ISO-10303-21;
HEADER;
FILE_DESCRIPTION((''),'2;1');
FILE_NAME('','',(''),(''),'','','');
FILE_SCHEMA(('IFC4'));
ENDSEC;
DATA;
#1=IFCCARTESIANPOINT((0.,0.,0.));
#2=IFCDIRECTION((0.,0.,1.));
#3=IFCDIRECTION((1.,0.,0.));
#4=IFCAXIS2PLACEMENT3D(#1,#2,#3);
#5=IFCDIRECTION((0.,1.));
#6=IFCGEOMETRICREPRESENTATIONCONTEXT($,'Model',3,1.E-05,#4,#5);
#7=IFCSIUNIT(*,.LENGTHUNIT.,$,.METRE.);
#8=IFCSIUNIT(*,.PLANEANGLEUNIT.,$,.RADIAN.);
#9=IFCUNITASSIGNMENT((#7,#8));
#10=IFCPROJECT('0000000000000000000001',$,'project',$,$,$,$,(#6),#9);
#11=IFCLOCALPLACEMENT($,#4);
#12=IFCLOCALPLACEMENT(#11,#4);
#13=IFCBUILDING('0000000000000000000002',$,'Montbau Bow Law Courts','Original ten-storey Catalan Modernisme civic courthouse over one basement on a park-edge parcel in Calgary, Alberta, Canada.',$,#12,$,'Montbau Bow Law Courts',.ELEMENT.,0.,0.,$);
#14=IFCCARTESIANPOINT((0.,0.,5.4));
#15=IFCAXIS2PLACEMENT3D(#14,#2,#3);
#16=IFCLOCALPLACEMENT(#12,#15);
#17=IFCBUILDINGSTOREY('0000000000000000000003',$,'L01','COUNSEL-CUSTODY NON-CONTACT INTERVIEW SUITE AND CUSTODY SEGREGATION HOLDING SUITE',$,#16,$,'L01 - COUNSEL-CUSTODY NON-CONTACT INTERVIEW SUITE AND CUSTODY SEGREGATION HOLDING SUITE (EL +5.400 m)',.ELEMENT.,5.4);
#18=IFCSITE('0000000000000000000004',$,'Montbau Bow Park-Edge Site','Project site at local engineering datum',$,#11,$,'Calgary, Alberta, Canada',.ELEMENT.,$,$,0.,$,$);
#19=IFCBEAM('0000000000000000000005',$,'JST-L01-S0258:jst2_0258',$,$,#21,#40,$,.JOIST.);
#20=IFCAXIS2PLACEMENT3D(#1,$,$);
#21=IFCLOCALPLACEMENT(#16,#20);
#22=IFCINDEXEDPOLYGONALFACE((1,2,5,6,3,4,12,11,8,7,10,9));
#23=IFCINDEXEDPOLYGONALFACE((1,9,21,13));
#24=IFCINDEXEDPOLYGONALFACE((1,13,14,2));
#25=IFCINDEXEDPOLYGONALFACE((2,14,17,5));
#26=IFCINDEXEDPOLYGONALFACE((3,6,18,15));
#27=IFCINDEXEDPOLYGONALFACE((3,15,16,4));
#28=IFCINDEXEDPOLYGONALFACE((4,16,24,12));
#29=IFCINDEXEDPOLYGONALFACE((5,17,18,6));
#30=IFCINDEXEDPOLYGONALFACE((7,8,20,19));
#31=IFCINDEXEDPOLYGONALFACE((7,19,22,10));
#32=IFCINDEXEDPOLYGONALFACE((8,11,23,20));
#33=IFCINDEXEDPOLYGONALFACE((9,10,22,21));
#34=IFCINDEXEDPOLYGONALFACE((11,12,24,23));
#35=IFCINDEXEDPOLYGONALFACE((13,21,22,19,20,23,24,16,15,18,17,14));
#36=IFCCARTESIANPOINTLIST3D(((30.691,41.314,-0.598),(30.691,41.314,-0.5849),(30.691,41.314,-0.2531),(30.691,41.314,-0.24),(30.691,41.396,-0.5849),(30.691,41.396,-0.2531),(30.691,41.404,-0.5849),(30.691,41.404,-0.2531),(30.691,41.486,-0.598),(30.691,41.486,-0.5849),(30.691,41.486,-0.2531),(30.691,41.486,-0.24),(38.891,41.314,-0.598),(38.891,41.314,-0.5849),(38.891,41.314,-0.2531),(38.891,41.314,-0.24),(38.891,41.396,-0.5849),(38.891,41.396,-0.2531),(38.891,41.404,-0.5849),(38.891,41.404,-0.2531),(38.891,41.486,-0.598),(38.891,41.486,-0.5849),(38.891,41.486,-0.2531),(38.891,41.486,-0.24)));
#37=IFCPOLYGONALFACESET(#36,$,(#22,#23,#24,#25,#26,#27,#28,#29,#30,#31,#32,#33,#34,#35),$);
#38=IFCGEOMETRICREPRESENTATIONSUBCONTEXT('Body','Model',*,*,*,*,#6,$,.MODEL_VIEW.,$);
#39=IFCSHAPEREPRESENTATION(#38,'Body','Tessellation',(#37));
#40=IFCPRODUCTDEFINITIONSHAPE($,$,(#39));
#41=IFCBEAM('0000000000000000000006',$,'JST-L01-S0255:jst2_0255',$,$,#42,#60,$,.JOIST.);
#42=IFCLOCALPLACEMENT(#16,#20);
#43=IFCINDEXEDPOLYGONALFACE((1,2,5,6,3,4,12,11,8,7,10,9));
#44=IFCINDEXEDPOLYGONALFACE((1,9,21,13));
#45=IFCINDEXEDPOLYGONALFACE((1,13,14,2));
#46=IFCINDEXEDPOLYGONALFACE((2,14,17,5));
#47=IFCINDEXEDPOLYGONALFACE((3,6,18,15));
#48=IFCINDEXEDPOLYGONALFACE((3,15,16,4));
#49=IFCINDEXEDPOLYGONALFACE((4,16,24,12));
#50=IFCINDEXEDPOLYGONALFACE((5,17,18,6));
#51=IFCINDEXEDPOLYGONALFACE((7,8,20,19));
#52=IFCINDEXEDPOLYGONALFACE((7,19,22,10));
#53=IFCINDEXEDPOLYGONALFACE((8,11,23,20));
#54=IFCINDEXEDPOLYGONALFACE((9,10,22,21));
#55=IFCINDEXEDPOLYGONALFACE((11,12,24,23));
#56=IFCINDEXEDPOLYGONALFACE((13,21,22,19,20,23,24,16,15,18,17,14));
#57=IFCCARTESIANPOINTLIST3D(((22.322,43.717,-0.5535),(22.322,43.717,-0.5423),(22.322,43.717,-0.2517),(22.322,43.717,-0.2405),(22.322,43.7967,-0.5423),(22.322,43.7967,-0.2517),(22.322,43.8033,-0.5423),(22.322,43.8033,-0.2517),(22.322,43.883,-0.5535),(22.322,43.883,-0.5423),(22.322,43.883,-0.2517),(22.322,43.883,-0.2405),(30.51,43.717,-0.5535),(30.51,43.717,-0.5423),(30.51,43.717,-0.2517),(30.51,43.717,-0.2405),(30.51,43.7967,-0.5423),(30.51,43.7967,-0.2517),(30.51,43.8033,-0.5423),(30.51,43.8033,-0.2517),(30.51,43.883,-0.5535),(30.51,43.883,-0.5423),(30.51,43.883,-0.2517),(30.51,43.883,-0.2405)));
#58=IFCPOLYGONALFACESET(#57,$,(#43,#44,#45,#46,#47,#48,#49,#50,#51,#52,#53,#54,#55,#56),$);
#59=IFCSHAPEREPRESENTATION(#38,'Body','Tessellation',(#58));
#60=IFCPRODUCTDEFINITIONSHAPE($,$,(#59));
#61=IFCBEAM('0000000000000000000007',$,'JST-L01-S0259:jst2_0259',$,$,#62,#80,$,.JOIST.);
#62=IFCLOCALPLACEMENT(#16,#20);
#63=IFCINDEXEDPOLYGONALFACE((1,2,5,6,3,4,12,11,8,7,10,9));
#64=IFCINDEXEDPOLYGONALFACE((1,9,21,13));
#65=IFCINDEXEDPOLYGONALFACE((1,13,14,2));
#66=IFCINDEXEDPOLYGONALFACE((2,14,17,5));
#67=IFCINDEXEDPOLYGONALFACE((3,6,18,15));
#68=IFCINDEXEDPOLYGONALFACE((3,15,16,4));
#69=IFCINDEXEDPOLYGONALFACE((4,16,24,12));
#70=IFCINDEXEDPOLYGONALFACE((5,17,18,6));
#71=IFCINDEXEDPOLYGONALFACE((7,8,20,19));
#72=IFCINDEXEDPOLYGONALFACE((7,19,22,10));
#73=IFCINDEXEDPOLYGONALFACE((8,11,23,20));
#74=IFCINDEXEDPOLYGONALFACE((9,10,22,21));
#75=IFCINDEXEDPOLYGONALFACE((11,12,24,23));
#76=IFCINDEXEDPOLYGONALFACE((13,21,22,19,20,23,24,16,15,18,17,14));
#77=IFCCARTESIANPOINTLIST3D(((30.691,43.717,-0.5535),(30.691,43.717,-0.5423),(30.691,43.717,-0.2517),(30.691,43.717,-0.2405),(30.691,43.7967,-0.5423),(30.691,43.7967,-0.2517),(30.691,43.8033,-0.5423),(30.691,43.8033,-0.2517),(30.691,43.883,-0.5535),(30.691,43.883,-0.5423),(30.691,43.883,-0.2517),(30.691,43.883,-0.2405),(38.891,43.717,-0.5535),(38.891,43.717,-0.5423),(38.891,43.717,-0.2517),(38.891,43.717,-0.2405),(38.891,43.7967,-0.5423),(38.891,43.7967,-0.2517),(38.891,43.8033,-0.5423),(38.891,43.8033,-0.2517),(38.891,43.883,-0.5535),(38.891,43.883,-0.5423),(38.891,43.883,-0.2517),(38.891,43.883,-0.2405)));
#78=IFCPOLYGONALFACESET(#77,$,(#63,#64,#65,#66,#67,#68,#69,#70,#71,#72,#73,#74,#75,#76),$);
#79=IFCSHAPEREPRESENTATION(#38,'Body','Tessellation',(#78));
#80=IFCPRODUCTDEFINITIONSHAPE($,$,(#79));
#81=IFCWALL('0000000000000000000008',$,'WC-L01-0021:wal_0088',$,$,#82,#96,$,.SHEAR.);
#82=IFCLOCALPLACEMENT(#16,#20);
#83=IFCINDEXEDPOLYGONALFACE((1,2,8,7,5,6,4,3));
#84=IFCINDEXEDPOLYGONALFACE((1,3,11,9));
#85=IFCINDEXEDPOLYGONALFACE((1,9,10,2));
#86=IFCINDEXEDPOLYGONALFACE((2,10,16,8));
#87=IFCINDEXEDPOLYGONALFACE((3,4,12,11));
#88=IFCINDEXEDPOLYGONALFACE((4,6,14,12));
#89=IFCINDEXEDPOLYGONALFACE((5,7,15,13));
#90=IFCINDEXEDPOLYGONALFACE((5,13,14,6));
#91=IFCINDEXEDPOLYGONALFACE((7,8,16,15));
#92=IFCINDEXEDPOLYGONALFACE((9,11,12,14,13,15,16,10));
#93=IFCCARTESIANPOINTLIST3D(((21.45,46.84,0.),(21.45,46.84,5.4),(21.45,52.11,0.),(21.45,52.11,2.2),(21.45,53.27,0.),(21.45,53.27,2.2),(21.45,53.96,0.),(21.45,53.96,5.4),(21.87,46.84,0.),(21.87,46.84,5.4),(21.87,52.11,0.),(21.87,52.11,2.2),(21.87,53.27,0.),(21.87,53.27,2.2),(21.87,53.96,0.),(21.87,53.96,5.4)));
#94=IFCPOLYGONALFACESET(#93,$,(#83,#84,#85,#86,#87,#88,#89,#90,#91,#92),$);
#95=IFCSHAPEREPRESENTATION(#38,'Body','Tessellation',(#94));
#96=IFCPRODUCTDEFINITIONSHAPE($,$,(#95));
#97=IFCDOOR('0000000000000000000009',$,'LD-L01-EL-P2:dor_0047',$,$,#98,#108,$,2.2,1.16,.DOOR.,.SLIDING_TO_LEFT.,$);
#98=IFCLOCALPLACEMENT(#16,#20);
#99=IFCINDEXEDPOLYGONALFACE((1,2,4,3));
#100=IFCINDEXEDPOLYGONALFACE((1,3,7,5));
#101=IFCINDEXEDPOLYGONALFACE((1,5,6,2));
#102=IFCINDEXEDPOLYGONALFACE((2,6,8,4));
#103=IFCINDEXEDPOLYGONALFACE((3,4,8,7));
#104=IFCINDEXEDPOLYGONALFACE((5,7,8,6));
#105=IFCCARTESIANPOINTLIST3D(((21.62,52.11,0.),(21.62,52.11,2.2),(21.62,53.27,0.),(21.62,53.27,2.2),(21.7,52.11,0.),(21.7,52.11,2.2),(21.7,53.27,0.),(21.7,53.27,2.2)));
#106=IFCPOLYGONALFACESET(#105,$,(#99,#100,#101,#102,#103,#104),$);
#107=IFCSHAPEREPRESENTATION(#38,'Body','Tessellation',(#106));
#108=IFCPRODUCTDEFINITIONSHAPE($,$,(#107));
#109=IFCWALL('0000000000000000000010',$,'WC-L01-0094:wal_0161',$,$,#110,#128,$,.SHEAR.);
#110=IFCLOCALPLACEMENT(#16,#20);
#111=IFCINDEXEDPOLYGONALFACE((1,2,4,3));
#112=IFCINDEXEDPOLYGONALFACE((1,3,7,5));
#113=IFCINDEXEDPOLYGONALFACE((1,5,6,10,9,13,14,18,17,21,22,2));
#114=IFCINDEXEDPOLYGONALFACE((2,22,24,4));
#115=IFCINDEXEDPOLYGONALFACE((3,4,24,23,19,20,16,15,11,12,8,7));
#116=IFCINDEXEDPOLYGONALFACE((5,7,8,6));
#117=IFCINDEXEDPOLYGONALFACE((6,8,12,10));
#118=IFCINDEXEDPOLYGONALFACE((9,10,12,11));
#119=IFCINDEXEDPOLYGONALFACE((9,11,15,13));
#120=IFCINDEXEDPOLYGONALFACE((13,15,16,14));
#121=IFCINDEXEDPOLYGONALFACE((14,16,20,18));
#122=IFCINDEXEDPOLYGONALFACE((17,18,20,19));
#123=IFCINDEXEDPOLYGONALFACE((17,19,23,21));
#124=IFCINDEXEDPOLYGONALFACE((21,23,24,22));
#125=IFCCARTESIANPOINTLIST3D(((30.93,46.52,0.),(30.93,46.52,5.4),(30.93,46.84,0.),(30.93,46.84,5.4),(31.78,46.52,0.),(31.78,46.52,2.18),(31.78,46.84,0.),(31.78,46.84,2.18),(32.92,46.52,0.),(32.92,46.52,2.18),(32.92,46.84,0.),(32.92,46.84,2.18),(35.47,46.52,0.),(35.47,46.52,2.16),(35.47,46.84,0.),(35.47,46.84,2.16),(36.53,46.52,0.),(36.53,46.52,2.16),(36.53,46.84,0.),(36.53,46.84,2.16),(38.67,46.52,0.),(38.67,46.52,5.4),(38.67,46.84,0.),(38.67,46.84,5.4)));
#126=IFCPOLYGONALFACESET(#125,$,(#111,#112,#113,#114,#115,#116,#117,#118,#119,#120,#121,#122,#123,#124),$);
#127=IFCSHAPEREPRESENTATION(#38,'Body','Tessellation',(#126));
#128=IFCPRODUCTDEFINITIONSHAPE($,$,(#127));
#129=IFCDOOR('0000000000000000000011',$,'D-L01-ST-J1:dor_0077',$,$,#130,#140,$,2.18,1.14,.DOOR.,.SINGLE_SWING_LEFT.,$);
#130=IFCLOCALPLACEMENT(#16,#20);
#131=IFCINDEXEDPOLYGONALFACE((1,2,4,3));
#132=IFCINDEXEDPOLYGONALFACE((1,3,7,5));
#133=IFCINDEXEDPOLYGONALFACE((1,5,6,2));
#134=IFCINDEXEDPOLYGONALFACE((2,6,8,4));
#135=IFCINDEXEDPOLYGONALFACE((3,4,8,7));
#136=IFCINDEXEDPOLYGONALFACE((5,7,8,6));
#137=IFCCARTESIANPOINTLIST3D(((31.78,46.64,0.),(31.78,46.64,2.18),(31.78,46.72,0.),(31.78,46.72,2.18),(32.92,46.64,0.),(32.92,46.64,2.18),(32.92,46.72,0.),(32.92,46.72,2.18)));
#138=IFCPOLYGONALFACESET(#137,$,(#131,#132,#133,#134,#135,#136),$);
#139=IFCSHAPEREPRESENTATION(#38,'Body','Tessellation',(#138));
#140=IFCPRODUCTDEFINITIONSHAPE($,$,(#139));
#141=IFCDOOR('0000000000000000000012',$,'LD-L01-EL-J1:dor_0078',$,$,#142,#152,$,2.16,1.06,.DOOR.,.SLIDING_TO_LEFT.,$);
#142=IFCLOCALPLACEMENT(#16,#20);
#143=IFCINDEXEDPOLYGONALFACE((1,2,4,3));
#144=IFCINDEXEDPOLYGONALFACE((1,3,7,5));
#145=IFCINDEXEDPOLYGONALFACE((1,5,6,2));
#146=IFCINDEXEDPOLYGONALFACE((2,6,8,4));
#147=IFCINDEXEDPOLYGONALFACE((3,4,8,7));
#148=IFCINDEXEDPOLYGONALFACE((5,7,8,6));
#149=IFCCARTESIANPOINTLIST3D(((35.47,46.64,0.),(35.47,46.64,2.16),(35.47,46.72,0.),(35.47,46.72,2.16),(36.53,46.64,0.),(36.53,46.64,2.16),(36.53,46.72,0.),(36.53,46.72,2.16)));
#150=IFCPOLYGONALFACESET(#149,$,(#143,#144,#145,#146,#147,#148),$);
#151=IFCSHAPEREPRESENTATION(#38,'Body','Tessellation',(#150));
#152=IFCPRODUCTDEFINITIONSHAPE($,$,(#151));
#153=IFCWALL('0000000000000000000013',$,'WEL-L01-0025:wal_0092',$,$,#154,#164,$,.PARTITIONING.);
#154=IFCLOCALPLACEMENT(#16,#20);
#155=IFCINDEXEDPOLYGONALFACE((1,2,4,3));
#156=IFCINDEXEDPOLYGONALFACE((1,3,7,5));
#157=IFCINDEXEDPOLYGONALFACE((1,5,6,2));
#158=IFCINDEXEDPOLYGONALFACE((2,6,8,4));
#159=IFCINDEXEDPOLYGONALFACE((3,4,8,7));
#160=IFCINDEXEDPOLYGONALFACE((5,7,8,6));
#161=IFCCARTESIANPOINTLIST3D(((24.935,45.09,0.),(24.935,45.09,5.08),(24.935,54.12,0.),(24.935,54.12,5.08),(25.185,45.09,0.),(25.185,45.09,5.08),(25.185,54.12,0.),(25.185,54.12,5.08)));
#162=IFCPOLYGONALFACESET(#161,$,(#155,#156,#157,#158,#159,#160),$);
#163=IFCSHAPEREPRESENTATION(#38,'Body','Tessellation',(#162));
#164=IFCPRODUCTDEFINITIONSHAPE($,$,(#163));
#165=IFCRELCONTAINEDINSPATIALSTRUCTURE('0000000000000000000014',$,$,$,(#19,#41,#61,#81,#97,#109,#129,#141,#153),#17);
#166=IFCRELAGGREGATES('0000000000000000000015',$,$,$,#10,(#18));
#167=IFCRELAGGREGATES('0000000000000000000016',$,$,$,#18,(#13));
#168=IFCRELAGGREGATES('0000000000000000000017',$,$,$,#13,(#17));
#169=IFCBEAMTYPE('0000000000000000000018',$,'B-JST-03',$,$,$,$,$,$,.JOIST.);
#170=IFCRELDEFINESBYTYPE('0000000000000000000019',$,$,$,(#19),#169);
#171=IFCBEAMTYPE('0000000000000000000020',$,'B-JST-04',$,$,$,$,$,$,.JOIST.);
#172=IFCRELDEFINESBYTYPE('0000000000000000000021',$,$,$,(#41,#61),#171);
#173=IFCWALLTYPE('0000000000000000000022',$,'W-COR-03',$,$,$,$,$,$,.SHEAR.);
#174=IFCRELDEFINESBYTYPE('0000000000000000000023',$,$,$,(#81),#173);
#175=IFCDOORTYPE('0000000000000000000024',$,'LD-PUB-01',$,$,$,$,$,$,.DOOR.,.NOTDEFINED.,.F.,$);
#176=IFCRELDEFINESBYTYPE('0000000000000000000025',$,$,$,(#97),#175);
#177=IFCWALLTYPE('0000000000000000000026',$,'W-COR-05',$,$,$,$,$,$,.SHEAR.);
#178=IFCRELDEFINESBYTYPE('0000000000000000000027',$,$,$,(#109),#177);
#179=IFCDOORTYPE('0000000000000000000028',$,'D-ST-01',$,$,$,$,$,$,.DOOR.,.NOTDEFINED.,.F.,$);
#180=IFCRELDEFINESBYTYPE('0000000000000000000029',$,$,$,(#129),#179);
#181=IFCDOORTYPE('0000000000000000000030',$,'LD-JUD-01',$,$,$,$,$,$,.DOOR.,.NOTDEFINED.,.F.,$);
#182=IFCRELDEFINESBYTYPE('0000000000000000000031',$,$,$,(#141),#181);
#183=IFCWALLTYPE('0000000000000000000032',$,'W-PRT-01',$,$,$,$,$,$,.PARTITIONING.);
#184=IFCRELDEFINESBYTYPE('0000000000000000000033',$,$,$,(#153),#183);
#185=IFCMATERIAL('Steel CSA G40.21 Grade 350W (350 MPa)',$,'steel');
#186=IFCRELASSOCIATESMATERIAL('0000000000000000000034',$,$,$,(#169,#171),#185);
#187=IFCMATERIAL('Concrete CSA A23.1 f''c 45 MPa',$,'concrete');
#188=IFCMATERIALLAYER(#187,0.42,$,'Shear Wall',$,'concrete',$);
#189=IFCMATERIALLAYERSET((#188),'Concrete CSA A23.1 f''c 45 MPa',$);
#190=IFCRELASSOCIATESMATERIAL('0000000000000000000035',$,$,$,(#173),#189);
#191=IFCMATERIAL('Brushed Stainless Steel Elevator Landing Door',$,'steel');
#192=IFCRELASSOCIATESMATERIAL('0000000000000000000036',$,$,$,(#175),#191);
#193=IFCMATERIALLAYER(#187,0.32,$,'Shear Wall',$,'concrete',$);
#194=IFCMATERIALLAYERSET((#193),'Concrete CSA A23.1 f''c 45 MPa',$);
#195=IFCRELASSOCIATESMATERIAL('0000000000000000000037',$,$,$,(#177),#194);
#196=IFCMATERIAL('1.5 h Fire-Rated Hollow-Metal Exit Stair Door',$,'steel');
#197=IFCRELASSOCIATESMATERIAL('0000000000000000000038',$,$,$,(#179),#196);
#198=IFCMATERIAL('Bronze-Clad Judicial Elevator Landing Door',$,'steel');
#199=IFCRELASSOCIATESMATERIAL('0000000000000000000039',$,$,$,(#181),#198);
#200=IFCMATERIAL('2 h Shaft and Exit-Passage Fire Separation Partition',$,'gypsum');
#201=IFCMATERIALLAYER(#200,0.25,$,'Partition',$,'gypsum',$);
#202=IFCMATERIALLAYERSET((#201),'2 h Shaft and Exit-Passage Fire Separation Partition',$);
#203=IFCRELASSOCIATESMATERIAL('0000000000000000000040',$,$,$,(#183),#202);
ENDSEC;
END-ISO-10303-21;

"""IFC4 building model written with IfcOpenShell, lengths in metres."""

from ifc_helpers import new_model, si_unit, direction, frame, frame_2d, origin_with_axes, origin_2d_with_axis, place, context, subcontext, project, spatial, rectangle, i_section, extrude, material, layer, layer_set, material_profile, profile_set, type_object, element, fill, save


model = new_model("IFC4")

# Units and contexts
model_context = context("Model", 3, precision=1e-05, world=origin_with_axes(), true_north=direction((0.0, 1.0)))
body_context = subcontext(model_context, "Body", "Model", "MODEL_VIEW")
ifc_project = project(units=[si_unit("LENGTHUNIT", "METRE"), si_unit("PLANEANGLEUNIT", "RADIAN")], contexts=[model_context])

# Site, building, storey
site_placement = place(None, origin_with_axes())
site = spatial("IfcSite", under=ifc_project, at=site_placement, Name="Montbau Bow Park-Edge Site", Description="Project site at local engineering datum", LongName="Calgary, Alberta, Canada", CompositionType="ELEMENT", RefElevation=0.0)
building_placement = place(site_placement, origin_with_axes())
building = spatial("IfcBuilding", under=site, at=building_placement, Name="Montbau Bow Law Courts", Description="Original ten-storey Catalan Modernisme civic courthouse over one basement on a park-edge parcel in Calgary, Alberta, Canada.", LongName="Montbau Bow Law Courts", CompositionType="ELEMENT", ElevationOfRefHeight=0.0, ElevationOfTerrain=0.0)
storey_placement = place(building_placement, frame((0.0, 0.0, 5.4), z_axis=(0.0, 0.0, 1.0), x_axis=(1.0, 0.0, 0.0)))
storey = spatial("IfcBuildingStorey", under=building, at=storey_placement, Name="L01", Description="COUNSEL-CUSTODY NON-CONTACT INTERVIEW SUITE AND CUSTODY SEGREGATION HOLDING SUITE", LongName="L01 - COUNSEL-CUSTODY NON-CONTACT INTERVIEW SUITE AND CUSTODY SEGREGATION HOLDING SUITE (EL +5.400 m)", CompositionType="ELEMENT", Elevation=5.4)

# Shared definitions
ifc_material_1 = material(Name="Concrete CSA A23.1 f'c 45 MPa", Category="concrete")
ifc_material_2 = material(Name="Steel CSA G40.21 Grade 350W (350 MPa)", Category="steel")

# Beams
ifc_material_profile_1 = material_profile(ifc_material_2, i_section(OverallWidth=0.172, OverallDepth=0.358, WebThickness=0.0079, FlangeThickness=0.0131, at=origin_2d_with_axis()), Name="W360X57", Category="Main", Priority=0)
ifc_profile_set_1 = profile_set([ifc_material_profile_1], Name="Steel CSA G40.21 Grade 350W (350 MPa)")
beam_type_1 = type_object("IfcBeamType", Name="B-JST-03", PredefinedType="JOIST", material=ifc_profile_set_1)
beam_1_placement = place(None, frame((30.691, 41.4, 4.981), z_axis=(1.0, 0.0, 0.0), x_axis=(0.0, 1.0, 0.0)))
element("IfcBeam", 1, at=beam_1_placement, inside=storey, type_object=beam_type_1, Name="JST-L01-S0258:jst2_0258", PredefinedType="JOIST", context=body_context, shape_type="SweptSolid", body=[
    extrude(i_section(OverallWidth=0.172, OverallDepth=0.358, WebThickness=0.0079, FlangeThickness=0.0131, at=origin_2d_with_axis()), origin_with_axes(), (0.0, 0.0, 1.0), 8.2),
])
ifc_material_profile_2 = material_profile(ifc_material_2, i_section(OverallWidth=0.166, OverallDepth=0.313, WebThickness=0.0066, FlangeThickness=0.0112, at=origin_2d_with_axis()), Name="W310X45", Category="Main", Priority=0)
ifc_profile_set_2 = profile_set([ifc_material_profile_2], Name="Steel CSA G40.21 Grade 350W (350 MPa)")
beam_type_2 = type_object("IfcBeamType", Name="B-JST-04", PredefinedType="JOIST", material=ifc_profile_set_2)
beam_2_placement = place(None, frame((22.322, 43.8, 5.003), z_axis=(1.0, 0.0, 0.0), x_axis=(0.0, 1.0, 0.0)))
element("IfcBeam", 2, at=beam_2_placement, inside=storey, type_object=beam_type_2, Name="JST-L01-S0255:jst2_0255", PredefinedType="JOIST", context=body_context, shape_type="SweptSolid", body=[
    extrude(i_section(OverallWidth=0.166, OverallDepth=0.313, WebThickness=0.0066, FlangeThickness=0.0112, at=origin_2d_with_axis()), origin_with_axes(), (0.0, 0.0, 1.0), 8.188),
])
beam_3_placement = place(None, frame((30.691, 43.8, 5.003), z_axis=(1.0, 0.0, 0.0), x_axis=(0.0, 1.0, 0.0)))
element("IfcBeam", 3, at=beam_3_placement, inside=storey, type_object=beam_type_2, Name="JST-L01-S0259:jst2_0259", PredefinedType="JOIST", context=body_context, shape_type="SweptSolid", body=[
    extrude(i_section(OverallWidth=0.166, OverallDepth=0.313, WebThickness=0.0066, FlangeThickness=0.0112, at=origin_2d_with_axis()), origin_with_axes(), (0.0, 0.0, 1.0), 8.2),
])

# Wall, opening, door
ifc_layer_1 = layer(ifc_material_1, 0.42, Name="Shear Wall", Category="concrete")
ifc_layer_set_1 = layer_set([ifc_layer_1], Name="Concrete CSA A23.1 f'c 45 MPa")
wall_type_1 = type_object("IfcWallType", Name="W-COR-03", PredefinedType="SHEAR", material=ifc_layer_set_1)
wall_1_placement = place(None, frame((21.66, 46.84, 5.4), z_axis=(0.0, 0.0, 1.0), x_axis=(0.0, 1.0, 0.0)))
wall_1 = element("IfcWall", 4, at=wall_1_placement, inside=storey, type_object=wall_type_1, Name="WC-L01-0021:wal_0088", PredefinedType="SHEAR", context=body_context, shape_type="SweptSolid", body=[
    extrude(rectangle(XDim=7.12, YDim=0.42, at=frame_2d((3.56, 0.0), x_axis=(1.0, 0.0))), origin_with_axes(), (0.0, 0.0, 1.0), 5.4),
])
opening_1_placement = place(None, frame((21.66, 52.69, 5.4), z_axis=(0.0, 0.0, 1.0), x_axis=(0.0, 1.0, 0.0)))
opening_1 = element("IfcOpeningElement", 5, at=opening_1_placement, cuts=wall_1, PredefinedType="OPENING", context=body_context, shape_type="SweptSolid", body=[
    extrude(rectangle(XDim=1.16, YDim=2.2, at=frame_2d((0.0, 1.1), x_axis=(1.0, 0.0))), frame((0.0, 0.22, 0.0), z_axis=(0.0, -1.0, 0.0), x_axis=(1.0, 0.0, 0.0)), (0.0, 0.0, 1.0), 0.44),
])
ifc_material_3 = material(Name="Brushed Stainless Steel Elevator Landing Door", Category="steel")
door_type_1 = type_object("IfcDoorType", Name="LD-PUB-01", OperationType="NOTDEFINED", ParameterTakesPrecedence=False, PredefinedType="DOOR", material=ifc_material_3)
door_1_placement = place(None, frame((21.66, 52.69, 5.4), z_axis=(0.0, 0.0, 1.0), x_axis=(0.0, 1.0, 0.0)))
door_1 = element("IfcDoor", 6, at=door_1_placement, inside=storey, type_object=door_type_1, Name="LD-L01-EL-P2:dor_0047", OperationType="SLIDING_TO_LEFT", OverallHeight=2.2, OverallWidth=1.16, PredefinedType="DOOR", context=body_context, shape_type="SweptSolid", body=[
    extrude(rectangle(XDim=1.16, YDim=2.2, at=frame_2d((0.0, 1.1), x_axis=(1.0, 0.0))), frame((0.0, 0.04, 0.0), z_axis=(0.0, -1.0, 0.0), x_axis=(1.0, 0.0, 0.0)), (0.0, 0.0, 1.0), 0.08),
])
fill(opening_1, door_1)

# Wall, openings, doors
ifc_layer_2 = layer(ifc_material_1, 0.32, Name="Shear Wall", Category="concrete")
ifc_layer_set_2 = layer_set([ifc_layer_2], Name="Concrete CSA A23.1 f'c 45 MPa")
wall_type_2 = type_object("IfcWallType", Name="W-COR-05", PredefinedType="SHEAR", material=ifc_layer_set_2)
wall_2_placement = place(None, frame((30.93, 46.68, 5.4), z_axis=(0.0, 0.0, 1.0), x_axis=(1.0, 0.0, 0.0)))
wall_2 = element("IfcWall", 7, at=wall_2_placement, inside=storey, type_object=wall_type_2, Name="WC-L01-0094:wal_0161", PredefinedType="SHEAR", context=body_context, shape_type="SweptSolid", body=[
    extrude(rectangle(XDim=7.74, YDim=0.32, at=frame_2d((3.87, 0.0), x_axis=(1.0, 0.0))), origin_with_axes(), (0.0, 0.0, 1.0), 5.4),
])
opening_2_placement = place(None, frame((32.35, 46.68, 5.4), z_axis=(0.0, 0.0, 1.0), x_axis=(1.0, 0.0, 0.0)))
opening_2 = element("IfcOpeningElement", 8, at=opening_2_placement, cuts=wall_2, PredefinedType="OPENING", context=body_context, shape_type="SweptSolid", body=[
    extrude(rectangle(XDim=1.14, YDim=2.18, at=frame_2d((0.0, 1.09), x_axis=(1.0, 0.0))), frame((0.0, 0.17, 0.0), z_axis=(0.0, -1.0, 0.0), x_axis=(1.0, 0.0, 0.0)), (0.0, 0.0, 1.0), 0.34),
])
opening_3_placement = place(None, frame((36.0, 46.68, 5.4), z_axis=(0.0, 0.0, 1.0), x_axis=(1.0, 0.0, 0.0)))
opening_3 = element("IfcOpeningElement", 9, at=opening_3_placement, cuts=wall_2, PredefinedType="OPENING", context=body_context, shape_type="SweptSolid", body=[
    extrude(rectangle(XDim=1.06, YDim=2.16, at=frame_2d((0.0, 1.08), x_axis=(1.0, 0.0))), frame((0.0, 0.17, 0.0), z_axis=(0.0, -1.0, 0.0), x_axis=(1.0, 0.0, 0.0)), (0.0, 0.0, 1.0), 0.34),
])
ifc_material_4 = material(Name="1.5 h Fire-Rated Hollow-Metal Exit Stair Door", Category="steel")
door_type_2 = type_object("IfcDoorType", Name="D-ST-01", OperationType="NOTDEFINED", ParameterTakesPrecedence=False, PredefinedType="DOOR", material=ifc_material_4)
door_2_placement = place(None, frame((32.35, 46.68, 5.4), z_axis=(0.0, 0.0, 1.0), x_axis=(-1.0, 0.0, 0.0)))
door_2 = element("IfcDoor", 10, at=door_2_placement, inside=storey, type_object=door_type_2, Name="D-L01-ST-J1:dor_0077", OperationType="SINGLE_SWING_LEFT", OverallHeight=2.18, OverallWidth=1.14, PredefinedType="DOOR", context=body_context, shape_type="SweptSolid", body=[
    extrude(rectangle(XDim=1.14, YDim=2.18, at=frame_2d((0.0, 1.09), x_axis=(1.0, 0.0))), frame((0.0, 0.04, 0.0), z_axis=(0.0, -1.0, 0.0), x_axis=(1.0, 0.0, 0.0)), (0.0, 0.0, 1.0), 0.08),
])
fill(opening_2, door_2)
ifc_material_5 = material(Name="Bronze-Clad Judicial Elevator Landing Door", Category="steel")
door_type_3 = type_object("IfcDoorType", Name="LD-JUD-01", OperationType="NOTDEFINED", ParameterTakesPrecedence=False, PredefinedType="DOOR", material=ifc_material_5)
door_3_placement = place(None, frame((36.0, 46.68, 5.4), z_axis=(0.0, 0.0, 1.0), x_axis=(-1.0, 0.0, 0.0)))
door_3 = element("IfcDoor", 11, at=door_3_placement, inside=storey, type_object=door_type_3, Name="LD-L01-EL-J1:dor_0078", OperationType="SLIDING_TO_LEFT", OverallHeight=2.16, OverallWidth=1.06, PredefinedType="DOOR", context=body_context, shape_type="SweptSolid", body=[
    extrude(rectangle(XDim=1.06, YDim=2.16, at=frame_2d((0.0, 1.08), x_axis=(1.0, 0.0))), frame((0.0, 0.04, 0.0), z_axis=(0.0, -1.0, 0.0), x_axis=(1.0, 0.0, 0.0)), (0.0, 0.0, 1.0), 0.08),
])
fill(opening_3, door_3)

# Wall
ifc_material_6 = material(Name="2 h Shaft and Exit-Passage Fire Separation Partition", Category="gypsum")
ifc_layer_3 = layer(ifc_material_6, 0.25, Name="Partition", Category="gypsum")
ifc_layer_set_3 = layer_set([ifc_layer_3], Name="2 h Shaft and Exit-Passage Fire Separation Partition")
wall_type_3 = type_object("IfcWallType", Name="W-PRT-01", PredefinedType="PARTITIONING", material=ifc_layer_set_3)
wall_3_placement = place(None, frame((25.06, 45.09, 5.4), z_axis=(0.0, 0.0, 1.0), x_axis=(0.0, 1.0, 0.0)))
element("IfcWall", 12, at=wall_3_placement, inside=storey, type_object=wall_type_3, Name="WEL-L01-0025:wal_0092", PredefinedType="PARTITIONING", context=body_context, shape_type="SweptSolid", body=[
    extrude(rectangle(XDim=9.03, YDim=0.25, at=frame_2d((4.515, 0.0), x_axis=(1.0, 0.0))), origin_with_axes(), (0.0, 0.0, 1.0), 5.08),
])

save(model, "model.ifc")
